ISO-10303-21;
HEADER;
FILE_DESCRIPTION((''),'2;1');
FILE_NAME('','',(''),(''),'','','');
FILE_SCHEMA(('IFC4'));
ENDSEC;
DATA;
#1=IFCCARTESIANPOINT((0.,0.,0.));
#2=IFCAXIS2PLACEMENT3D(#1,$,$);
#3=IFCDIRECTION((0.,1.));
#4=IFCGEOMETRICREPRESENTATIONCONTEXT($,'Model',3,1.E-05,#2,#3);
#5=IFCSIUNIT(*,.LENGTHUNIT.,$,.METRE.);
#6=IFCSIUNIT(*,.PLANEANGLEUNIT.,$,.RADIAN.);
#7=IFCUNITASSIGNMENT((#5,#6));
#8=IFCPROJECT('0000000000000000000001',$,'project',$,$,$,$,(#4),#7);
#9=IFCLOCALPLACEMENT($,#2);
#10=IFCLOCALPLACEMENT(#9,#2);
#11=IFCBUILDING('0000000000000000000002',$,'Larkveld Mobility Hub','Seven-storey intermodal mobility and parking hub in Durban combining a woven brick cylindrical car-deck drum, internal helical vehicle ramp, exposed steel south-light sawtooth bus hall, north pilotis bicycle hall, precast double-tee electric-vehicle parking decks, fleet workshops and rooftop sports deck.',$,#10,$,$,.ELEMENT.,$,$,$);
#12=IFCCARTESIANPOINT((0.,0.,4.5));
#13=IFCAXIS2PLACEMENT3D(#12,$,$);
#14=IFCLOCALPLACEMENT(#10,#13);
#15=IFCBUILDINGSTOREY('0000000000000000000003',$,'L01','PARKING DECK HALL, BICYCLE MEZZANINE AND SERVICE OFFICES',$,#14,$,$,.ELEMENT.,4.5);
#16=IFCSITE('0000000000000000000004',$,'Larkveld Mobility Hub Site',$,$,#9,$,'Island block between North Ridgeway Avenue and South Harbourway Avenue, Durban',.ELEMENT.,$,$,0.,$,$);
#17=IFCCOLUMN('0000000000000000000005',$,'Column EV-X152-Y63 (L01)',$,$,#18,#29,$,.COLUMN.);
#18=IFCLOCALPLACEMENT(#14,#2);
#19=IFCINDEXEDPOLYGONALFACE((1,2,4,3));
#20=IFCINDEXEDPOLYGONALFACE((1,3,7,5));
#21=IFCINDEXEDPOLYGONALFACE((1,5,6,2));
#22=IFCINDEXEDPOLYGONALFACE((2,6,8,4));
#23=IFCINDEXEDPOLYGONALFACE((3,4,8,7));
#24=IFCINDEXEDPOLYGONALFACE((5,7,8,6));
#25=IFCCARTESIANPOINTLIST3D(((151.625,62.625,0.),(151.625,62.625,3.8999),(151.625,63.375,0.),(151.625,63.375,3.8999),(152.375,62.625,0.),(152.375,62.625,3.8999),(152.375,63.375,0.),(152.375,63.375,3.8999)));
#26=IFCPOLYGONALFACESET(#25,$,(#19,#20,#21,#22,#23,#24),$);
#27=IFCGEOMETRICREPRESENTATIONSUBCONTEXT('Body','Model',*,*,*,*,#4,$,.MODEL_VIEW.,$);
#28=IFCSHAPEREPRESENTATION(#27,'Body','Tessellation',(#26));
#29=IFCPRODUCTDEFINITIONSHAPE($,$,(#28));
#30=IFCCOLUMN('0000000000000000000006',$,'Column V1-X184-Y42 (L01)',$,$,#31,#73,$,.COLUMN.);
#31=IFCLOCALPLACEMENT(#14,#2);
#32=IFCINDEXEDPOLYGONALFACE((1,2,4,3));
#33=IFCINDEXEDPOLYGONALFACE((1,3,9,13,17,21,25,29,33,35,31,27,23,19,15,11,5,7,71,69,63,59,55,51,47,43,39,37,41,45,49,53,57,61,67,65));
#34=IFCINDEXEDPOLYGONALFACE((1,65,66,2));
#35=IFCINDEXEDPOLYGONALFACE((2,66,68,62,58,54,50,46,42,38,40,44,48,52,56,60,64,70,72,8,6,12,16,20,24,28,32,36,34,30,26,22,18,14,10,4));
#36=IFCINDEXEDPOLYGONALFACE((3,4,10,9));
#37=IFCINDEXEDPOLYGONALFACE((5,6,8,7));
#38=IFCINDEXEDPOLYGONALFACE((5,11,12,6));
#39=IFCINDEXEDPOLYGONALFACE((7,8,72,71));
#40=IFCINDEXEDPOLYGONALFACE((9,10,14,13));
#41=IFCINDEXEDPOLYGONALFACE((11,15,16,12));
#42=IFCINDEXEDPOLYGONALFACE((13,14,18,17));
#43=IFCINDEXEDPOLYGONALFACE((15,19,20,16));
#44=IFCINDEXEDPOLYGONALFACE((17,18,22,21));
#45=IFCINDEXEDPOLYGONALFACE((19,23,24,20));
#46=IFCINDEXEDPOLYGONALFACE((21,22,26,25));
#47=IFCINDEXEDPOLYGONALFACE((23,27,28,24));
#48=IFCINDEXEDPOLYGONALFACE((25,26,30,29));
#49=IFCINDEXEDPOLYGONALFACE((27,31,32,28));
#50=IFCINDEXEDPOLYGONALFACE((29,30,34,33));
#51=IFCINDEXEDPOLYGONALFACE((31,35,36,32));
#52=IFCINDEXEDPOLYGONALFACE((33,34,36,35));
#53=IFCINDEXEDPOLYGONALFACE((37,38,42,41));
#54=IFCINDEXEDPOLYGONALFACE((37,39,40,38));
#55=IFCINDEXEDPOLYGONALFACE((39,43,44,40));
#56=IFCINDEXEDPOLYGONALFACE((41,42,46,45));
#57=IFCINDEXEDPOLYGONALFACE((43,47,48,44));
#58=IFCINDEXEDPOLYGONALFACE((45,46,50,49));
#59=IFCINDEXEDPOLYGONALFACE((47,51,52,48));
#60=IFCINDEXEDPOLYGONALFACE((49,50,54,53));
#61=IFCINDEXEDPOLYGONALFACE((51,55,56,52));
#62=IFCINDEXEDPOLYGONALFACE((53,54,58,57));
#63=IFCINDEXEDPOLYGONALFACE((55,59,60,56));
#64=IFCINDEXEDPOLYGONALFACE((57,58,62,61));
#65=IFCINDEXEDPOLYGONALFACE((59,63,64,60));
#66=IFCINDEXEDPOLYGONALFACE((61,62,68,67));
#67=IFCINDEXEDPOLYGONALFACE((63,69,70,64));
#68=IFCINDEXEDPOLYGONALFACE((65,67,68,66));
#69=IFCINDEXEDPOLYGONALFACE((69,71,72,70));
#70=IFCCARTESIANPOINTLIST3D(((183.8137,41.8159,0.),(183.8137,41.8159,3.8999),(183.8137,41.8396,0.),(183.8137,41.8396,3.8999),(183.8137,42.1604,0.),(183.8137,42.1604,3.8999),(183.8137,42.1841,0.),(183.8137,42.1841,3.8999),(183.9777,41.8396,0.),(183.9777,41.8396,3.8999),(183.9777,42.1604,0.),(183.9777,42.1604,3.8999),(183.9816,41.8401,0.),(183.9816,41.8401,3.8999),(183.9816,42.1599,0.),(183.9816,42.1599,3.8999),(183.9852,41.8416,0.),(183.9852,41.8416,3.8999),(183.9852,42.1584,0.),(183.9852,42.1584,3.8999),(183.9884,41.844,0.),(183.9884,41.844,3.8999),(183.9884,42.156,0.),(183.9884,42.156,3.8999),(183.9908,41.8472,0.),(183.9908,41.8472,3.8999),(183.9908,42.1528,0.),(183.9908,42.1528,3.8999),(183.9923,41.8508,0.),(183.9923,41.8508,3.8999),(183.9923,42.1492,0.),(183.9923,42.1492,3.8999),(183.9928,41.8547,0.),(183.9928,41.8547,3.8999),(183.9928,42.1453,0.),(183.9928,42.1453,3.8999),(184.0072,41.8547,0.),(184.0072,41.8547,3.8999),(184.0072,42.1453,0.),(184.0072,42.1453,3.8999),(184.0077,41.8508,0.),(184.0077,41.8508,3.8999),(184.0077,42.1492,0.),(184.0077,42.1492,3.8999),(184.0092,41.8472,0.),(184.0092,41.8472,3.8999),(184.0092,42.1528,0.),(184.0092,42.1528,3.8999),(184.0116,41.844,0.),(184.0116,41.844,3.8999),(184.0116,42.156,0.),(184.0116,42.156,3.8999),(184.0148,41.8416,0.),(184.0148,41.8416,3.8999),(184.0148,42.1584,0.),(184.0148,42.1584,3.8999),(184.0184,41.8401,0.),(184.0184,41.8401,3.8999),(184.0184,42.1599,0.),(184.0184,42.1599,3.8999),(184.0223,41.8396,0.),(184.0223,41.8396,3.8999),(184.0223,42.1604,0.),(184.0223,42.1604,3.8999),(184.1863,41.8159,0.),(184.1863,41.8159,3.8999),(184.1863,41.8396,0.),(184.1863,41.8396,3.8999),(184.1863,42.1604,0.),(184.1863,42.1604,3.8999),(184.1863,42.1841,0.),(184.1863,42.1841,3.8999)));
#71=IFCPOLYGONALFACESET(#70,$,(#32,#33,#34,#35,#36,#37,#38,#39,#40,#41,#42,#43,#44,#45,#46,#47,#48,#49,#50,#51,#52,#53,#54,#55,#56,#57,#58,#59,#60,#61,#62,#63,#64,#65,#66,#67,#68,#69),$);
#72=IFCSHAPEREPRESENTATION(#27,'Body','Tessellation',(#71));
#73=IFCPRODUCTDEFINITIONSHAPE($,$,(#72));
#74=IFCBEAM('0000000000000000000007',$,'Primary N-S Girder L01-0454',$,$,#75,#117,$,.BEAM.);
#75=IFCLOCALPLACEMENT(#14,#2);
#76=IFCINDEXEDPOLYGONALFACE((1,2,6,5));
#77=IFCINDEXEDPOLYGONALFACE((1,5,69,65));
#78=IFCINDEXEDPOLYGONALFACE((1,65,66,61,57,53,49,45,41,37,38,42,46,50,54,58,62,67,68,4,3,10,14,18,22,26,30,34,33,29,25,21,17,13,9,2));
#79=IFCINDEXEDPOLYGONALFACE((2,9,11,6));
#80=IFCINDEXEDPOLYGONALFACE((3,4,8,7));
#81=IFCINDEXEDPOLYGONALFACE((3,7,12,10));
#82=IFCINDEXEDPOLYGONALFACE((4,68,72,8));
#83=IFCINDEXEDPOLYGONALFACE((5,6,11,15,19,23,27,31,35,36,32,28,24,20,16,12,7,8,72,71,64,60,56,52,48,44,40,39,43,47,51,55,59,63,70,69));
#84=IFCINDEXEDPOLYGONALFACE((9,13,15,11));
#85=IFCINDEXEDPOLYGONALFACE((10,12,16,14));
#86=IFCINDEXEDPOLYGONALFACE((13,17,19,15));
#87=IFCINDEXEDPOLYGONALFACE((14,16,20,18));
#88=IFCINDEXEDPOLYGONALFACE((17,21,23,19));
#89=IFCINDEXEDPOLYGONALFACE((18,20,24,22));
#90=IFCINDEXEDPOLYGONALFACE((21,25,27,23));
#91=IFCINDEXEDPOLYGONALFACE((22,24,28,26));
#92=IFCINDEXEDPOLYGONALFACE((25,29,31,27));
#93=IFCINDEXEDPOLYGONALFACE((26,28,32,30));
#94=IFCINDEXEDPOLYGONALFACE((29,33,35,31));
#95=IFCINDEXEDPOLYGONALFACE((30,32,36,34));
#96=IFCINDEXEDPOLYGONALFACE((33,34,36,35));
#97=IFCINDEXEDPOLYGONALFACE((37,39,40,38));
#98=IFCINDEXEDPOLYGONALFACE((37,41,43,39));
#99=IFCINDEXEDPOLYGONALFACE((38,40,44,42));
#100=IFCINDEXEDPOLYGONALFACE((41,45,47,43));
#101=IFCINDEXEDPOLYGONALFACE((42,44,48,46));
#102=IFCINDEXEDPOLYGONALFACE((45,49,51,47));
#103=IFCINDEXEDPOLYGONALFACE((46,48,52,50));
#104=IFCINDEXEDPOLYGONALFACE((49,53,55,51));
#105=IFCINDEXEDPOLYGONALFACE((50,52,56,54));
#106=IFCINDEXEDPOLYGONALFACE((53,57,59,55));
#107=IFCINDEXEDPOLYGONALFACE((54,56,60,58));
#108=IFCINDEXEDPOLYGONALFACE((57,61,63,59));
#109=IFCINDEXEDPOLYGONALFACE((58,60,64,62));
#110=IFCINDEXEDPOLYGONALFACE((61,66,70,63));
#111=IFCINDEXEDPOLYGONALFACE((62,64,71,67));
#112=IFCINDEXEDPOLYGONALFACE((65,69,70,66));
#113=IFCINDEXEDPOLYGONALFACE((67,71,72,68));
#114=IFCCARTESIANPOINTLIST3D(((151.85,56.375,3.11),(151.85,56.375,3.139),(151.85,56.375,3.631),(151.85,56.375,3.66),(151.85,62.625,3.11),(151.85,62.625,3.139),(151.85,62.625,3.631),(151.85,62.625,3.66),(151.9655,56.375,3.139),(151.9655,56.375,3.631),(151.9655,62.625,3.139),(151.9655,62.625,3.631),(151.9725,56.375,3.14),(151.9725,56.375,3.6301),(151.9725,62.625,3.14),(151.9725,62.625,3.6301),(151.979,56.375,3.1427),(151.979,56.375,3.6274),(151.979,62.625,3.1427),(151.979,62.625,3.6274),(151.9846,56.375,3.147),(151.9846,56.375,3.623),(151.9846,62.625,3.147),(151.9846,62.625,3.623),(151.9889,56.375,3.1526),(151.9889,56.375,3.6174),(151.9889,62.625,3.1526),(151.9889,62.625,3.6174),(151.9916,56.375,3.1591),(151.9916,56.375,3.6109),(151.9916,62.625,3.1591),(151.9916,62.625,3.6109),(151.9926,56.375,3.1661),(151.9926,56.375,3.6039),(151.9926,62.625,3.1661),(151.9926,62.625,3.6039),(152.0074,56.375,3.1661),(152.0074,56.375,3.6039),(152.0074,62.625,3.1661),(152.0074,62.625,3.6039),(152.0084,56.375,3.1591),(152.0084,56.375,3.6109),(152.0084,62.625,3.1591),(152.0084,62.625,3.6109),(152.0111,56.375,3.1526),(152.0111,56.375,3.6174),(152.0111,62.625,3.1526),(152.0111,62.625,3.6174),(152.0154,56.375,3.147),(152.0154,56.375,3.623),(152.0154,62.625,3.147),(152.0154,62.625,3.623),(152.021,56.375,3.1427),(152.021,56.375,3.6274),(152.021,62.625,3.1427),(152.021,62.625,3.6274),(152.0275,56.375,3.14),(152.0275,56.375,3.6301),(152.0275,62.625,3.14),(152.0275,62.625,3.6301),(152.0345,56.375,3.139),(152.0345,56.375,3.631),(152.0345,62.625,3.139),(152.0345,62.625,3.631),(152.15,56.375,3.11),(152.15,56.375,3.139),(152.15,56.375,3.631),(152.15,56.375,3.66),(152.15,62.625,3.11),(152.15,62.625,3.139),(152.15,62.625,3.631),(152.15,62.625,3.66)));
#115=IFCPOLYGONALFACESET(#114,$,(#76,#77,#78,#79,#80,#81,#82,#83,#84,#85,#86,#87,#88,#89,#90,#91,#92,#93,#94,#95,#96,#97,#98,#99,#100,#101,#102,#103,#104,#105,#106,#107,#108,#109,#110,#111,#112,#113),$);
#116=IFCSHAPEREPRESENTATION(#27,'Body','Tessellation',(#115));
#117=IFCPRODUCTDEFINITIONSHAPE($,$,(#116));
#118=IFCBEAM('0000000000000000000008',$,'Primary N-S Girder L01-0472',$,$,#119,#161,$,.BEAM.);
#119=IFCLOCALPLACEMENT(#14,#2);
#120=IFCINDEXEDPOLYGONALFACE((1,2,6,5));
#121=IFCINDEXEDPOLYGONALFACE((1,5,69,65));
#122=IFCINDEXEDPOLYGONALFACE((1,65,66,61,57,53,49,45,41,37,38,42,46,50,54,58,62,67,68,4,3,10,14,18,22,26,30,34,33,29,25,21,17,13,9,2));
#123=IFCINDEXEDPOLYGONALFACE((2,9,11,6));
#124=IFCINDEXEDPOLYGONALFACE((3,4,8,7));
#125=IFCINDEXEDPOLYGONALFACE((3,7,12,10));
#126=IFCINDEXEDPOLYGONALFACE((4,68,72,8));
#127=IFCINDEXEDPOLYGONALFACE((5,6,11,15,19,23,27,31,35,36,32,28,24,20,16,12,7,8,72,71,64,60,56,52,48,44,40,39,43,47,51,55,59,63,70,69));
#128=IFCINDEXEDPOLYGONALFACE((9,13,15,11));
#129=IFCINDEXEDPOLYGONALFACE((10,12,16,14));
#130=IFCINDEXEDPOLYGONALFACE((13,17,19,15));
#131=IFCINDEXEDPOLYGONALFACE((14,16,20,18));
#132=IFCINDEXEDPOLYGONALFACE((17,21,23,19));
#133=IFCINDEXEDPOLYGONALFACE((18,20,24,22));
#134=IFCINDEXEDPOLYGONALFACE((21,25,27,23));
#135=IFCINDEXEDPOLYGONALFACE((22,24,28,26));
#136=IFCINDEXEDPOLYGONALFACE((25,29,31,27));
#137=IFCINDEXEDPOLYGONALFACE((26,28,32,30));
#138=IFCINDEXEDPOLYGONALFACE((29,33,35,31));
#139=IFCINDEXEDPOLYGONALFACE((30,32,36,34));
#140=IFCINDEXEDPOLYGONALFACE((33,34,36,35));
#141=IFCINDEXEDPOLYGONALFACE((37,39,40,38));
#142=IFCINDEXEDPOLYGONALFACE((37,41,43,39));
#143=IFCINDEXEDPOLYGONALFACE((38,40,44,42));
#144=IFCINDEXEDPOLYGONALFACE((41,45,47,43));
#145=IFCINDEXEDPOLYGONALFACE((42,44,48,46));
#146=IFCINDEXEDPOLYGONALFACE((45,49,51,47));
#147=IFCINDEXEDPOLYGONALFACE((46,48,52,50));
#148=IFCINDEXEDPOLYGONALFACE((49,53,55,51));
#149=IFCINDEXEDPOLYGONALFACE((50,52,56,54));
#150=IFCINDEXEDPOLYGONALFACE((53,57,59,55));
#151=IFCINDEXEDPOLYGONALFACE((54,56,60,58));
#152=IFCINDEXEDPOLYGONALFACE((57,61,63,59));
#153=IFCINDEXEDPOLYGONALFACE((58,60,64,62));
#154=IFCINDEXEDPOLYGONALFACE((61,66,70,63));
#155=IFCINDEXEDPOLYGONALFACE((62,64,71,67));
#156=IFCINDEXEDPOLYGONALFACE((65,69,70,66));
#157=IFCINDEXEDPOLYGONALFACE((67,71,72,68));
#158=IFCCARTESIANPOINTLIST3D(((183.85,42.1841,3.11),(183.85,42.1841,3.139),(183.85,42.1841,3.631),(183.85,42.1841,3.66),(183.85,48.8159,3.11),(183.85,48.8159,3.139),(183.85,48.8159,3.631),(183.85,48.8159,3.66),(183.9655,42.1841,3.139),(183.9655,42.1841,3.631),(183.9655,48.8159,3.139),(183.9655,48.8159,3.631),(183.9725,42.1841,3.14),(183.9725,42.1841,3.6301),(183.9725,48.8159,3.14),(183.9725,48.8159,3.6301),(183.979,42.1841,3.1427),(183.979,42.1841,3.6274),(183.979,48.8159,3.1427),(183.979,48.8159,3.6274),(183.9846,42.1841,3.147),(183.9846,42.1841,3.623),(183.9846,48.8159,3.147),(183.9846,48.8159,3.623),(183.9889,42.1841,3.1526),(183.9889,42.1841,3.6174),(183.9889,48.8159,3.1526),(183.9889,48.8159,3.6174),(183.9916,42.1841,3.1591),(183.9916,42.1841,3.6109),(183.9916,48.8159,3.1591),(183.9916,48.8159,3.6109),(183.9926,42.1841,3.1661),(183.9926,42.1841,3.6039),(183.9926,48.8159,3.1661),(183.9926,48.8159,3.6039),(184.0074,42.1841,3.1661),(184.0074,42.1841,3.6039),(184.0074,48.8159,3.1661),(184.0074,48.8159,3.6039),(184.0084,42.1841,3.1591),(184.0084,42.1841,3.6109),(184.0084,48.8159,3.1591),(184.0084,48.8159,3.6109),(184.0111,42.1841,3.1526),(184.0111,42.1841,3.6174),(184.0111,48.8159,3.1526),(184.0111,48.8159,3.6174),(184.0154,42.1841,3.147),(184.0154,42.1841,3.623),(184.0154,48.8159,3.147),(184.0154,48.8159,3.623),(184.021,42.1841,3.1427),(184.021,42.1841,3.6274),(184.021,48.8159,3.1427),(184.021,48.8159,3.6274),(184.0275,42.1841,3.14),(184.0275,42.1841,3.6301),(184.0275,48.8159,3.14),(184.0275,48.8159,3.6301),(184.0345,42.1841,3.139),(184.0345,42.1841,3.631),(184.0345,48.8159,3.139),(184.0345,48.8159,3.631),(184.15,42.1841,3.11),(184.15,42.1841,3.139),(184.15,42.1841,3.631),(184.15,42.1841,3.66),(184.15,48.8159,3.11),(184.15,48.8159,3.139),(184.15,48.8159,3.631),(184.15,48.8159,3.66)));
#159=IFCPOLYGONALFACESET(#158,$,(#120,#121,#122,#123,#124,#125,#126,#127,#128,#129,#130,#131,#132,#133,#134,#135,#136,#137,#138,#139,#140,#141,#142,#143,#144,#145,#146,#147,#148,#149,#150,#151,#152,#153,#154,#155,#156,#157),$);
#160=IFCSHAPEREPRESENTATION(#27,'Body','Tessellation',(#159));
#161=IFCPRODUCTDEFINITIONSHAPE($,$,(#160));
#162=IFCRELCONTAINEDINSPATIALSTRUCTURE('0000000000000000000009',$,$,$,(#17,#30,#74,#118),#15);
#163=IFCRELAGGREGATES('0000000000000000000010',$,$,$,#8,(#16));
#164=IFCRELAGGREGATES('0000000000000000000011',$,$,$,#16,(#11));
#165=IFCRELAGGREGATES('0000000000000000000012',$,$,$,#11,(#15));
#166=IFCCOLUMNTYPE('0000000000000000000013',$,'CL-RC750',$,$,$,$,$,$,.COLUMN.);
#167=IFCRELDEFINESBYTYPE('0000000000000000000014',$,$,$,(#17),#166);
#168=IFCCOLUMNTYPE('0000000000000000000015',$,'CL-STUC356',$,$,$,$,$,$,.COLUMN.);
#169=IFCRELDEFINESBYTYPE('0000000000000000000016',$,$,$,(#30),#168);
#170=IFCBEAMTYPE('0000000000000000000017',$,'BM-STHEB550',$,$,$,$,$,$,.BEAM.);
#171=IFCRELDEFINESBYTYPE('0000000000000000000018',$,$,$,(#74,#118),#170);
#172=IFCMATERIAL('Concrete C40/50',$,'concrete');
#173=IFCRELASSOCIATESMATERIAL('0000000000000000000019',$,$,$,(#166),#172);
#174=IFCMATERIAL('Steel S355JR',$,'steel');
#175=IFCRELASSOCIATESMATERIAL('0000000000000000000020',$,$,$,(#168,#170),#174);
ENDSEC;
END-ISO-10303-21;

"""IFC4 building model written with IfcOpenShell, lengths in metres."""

from ifc_helpers import new_model, si_unit, direction, frame, origin, origin_2d, place, context, subcontext, project, spatial, rectangle, i_section, extrude, material, material_profile, profile_set, type_object, element, save


model = new_model("IFC4")

# Units and contexts
model_context = context("Model", 3, precision=1e-05, world=origin(), true_north=direction((0.0, 1.0)))
body_context = subcontext(model_context, "Body", "Model", "MODEL_VIEW")
ifc_project = project(units=[si_unit("LENGTHUNIT", "METRE"), si_unit("PLANEANGLEUNIT", "RADIAN")], contexts=[model_context])

# Site, building, storey
site_placement = place(None, origin())
site = spatial("IfcSite", under=ifc_project, at=site_placement, Name="Larkveld Mobility Hub Site", LongName="Island block between North Ridgeway Avenue and South Harbourway Avenue, Durban", CompositionType="ELEMENT", RefElevation=0.0)
building_placement = place(site_placement, origin())
building = spatial("IfcBuilding", under=site, at=building_placement, Name="Larkveld Mobility Hub", Description="Seven-storey intermodal mobility and parking hub in Durban combining a woven brick cylindrical car-deck drum, internal helical vehicle ramp, exposed steel south-light sawtooth bus hall, north pilotis bicycle hall, precast double-tee electric-vehicle parking decks, fleet workshops and rooftop sports deck.", CompositionType="ELEMENT")
storey_placement = place(building_placement, frame((0.0, 0.0, 4.5)))
storey = spatial("IfcBuildingStorey", under=building, at=storey_placement, Name="L01", Description="PARKING DECK HALL, BICYCLE MEZZANINE AND SERVICE OFFICES", CompositionType="ELEMENT", Elevation=4.5)

# Columns
ifc_material_1 = material(Name="Concrete C40/50", Category="concrete")
ifc_material_profile_1 = material_profile(ifc_material_1, rectangle(XDim=0.75, YDim=0.75, at=origin_2d()), Name="RC COL 750x750")
ifc_profile_set_1 = profile_set([ifc_material_profile_1], Name="Concrete C40/50")
column_type_1 = type_object("IfcColumnType", Name="CL-RC750", PredefinedType="COLUMN", material=ifc_profile_set_1)
column_1_placement = place(storey_placement, frame((152.0, 63.0, 0.0), z_axis=(0.0, 0.0, 1.0), x_axis=(1.0, 0.0, 0.0)))
element("IfcColumn", 1, at=column_1_placement, inside=storey, type_object=column_type_1, Name="Column EV-X152-Y63 (L01)", PredefinedType="COLUMN", context=body_context, shape_type="SweptSolid", body=[
    extrude(rectangle(XDim=0.75, YDim=0.75, at=origin_2d()), origin(), (0.0, 0.0, 1.0), 3.8999),
])
ifc_material_2 = material(Name="Steel S355JR", Category="steel")
ifc_material_profile_2 = material_profile(ifc_material_2, i_section(OverallWidth=0.3726, OverallDepth=0.3682, WebThickness=0.0144, FlangeThickness=0.0237, FilletRadius=0.0151, at=origin_2d()), Name="UC 356x368x177")
ifc_profile_set_2 = profile_set([ifc_material_profile_2], Name="Steel S355JR")
column_type_2 = type_object("IfcColumnType", Name="CL-STUC356", PredefinedType="COLUMN", material=ifc_profile_set_2)
column_2_placement = place(storey_placement, frame((184.0, 42.0, 0.0), z_axis=(0.0, 0.0, 1.0), x_axis=(1.0, 0.0, 0.0)))
element("IfcColumn", 2, at=column_2_placement, inside=storey, type_object=column_type_2, Name="Column V1-X184-Y42 (L01)", PredefinedType="COLUMN", context=body_context, shape_type="SweptSolid", body=[
    extrude(i_section(OverallWidth=0.3726, OverallDepth=0.3682, WebThickness=0.0144, FlangeThickness=0.0237, FilletRadius=0.0151, at=origin_2d()), origin(), (0.0, 0.0, 1.0), 3.8999),
])

# Beams
ifc_material_profile_3 = material_profile(ifc_material_2, i_section(OverallWidth=0.3, OverallDepth=0.55, WebThickness=0.0149, FlangeThickness=0.0291, FilletRadius=0.0271, at=origin_2d()), Name="HEB 550")
ifc_profile_set_3 = profile_set([ifc_material_profile_3], Name="Steel S355JR")
beam_type = type_object("IfcBeamType", Name="BM-STHEB550", PredefinedType="BEAM", material=ifc_profile_set_3)
beam_1_placement = place(storey_placement, frame((152.0, 56.375, 3.385), z_axis=(0.0, 1.0, 0.0), x_axis=(-1.0, 0.0, 0.0)))
element("IfcBeam", 3, at=beam_1_placement, inside=storey, type_object=beam_type, Name="Primary N-S Girder L01-0454", PredefinedType="BEAM", context=body_context, shape_type="SweptSolid", body=[
    extrude(i_section(OverallWidth=0.3, OverallDepth=0.55, WebThickness=0.0149, FlangeThickness=0.0291, FilletRadius=0.0271, at=origin_2d()), origin(), (0.0, 0.0, 1.0), 6.25),
])
beam_2_placement = place(storey_placement, frame((184.0, 42.1841, 3.385), z_axis=(0.0, 1.0, 0.0), x_axis=(-1.0, 0.0, 0.0)))
element("IfcBeam", 4, at=beam_2_placement, inside=storey, type_object=beam_type, Name="Primary N-S Girder L01-0472", PredefinedType="BEAM", context=body_context, shape_type="SweptSolid", body=[
    extrude(i_section(OverallWidth=0.3, OverallDepth=0.55, WebThickness=0.0149, FlangeThickness=0.0291, FilletRadius=0.0271, at=origin_2d()), origin(), (0.0, 0.0, 1.0), 6.6318),
])

save(model, "model.ifc")
